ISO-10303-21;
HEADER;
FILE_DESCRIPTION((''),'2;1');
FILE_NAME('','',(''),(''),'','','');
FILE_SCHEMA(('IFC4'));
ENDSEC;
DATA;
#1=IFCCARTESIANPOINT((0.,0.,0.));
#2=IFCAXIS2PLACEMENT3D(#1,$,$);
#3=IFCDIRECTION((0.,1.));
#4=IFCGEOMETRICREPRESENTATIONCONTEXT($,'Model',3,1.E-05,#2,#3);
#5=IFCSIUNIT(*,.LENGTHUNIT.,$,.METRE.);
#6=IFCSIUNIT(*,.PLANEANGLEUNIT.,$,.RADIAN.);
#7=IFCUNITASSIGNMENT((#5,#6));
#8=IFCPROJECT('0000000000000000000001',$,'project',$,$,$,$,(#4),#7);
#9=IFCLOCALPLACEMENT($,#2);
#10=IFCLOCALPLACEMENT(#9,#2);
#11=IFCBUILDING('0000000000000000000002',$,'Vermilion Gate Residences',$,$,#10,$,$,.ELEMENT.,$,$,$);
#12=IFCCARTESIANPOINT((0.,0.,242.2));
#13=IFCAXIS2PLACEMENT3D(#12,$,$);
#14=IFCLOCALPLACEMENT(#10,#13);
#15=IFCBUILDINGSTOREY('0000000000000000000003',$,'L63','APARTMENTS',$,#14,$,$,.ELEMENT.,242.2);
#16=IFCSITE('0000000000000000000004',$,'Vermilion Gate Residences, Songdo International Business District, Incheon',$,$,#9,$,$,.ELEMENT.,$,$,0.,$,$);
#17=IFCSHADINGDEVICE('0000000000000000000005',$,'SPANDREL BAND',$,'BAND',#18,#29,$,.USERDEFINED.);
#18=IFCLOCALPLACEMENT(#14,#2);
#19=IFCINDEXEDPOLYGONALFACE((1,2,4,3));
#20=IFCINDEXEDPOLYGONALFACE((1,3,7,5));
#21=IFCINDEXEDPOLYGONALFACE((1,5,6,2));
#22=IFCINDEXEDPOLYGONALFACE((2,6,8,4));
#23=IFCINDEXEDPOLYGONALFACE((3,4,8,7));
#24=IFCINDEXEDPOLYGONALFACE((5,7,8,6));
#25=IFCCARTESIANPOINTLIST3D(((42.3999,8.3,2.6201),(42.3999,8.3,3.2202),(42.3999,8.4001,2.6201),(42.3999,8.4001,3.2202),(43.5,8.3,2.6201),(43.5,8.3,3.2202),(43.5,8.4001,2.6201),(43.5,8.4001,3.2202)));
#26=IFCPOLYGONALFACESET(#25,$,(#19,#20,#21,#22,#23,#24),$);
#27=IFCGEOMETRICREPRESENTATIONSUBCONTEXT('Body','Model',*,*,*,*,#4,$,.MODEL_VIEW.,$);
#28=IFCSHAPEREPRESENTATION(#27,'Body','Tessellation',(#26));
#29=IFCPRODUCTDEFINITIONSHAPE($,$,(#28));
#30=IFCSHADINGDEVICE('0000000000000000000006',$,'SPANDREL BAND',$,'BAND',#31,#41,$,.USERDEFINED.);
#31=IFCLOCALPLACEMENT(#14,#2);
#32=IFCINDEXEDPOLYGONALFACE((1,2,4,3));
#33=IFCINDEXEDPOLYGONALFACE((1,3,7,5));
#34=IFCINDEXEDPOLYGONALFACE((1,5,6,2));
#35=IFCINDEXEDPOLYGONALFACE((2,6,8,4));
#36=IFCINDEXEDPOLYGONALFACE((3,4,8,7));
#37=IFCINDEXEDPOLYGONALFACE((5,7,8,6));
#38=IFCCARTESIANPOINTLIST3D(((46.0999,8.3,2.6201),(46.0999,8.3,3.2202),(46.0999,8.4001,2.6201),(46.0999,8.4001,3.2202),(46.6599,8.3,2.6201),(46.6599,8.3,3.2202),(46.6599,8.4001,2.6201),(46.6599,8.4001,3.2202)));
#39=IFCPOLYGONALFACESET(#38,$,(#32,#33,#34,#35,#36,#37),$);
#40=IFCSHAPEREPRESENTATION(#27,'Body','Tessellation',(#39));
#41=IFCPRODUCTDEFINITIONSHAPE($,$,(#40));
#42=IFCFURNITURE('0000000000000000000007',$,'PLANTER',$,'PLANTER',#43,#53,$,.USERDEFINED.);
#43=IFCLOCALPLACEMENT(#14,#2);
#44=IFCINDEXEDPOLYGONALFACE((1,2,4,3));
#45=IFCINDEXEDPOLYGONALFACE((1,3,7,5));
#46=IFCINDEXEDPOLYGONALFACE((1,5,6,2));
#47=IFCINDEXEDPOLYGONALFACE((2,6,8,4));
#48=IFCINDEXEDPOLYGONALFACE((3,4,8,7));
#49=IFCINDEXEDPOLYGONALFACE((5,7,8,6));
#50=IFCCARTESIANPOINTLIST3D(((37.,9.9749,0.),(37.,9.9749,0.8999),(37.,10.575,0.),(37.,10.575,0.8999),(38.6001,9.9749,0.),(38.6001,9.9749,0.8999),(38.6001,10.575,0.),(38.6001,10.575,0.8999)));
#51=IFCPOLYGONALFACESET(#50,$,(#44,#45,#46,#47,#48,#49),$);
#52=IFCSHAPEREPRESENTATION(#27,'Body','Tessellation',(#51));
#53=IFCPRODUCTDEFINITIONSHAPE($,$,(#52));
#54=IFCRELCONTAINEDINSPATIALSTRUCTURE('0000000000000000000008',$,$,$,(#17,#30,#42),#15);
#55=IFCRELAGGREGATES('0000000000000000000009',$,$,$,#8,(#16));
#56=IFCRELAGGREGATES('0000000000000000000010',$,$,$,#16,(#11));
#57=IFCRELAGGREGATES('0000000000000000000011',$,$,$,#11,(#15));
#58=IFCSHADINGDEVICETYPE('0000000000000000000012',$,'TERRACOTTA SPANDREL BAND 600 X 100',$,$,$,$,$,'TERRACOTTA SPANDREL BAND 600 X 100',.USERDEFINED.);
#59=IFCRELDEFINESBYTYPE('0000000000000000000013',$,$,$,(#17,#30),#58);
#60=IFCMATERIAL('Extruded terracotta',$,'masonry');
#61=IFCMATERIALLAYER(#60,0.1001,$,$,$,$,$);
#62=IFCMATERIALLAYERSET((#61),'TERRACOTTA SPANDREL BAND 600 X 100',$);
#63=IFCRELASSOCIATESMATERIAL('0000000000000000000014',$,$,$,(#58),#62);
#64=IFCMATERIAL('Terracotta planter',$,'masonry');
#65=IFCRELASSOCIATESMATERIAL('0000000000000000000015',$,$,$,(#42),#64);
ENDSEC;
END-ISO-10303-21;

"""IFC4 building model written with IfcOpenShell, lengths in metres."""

from ifc_helpers import new_model, si_unit, direction, frame, origin, origin_2d, place, context, subcontext, project, spatial, rectangle, extrude, material, layer, layer_set, type_object, element, save


model = new_model("IFC4")

# Units and contexts
model_context = context("Model", 3, precision=1e-05, world=origin(), true_north=direction((0.0, 1.0)))
body_context = subcontext(model_context, "Body", "Model", "MODEL_VIEW")
ifc_project = project(units=[si_unit("LENGTHUNIT", "METRE"), si_unit("PLANEANGLEUNIT", "RADIAN")], contexts=[model_context])

# Site, building, storey
site_placement = place(None, origin())
site = spatial("IfcSite", under=ifc_project, at=site_placement, Name="Vermilion Gate Residences, Songdo International Business District, Incheon", CompositionType="ELEMENT", RefElevation=0.0)
building_placement = place(site_placement, origin())
building = spatial("IfcBuilding", under=site, at=building_placement, Name="Vermilion Gate Residences", CompositionType="ELEMENT")
storey_placement = place(building_placement, frame((0.0, 0.0, 242.2)))
storey = spatial("IfcBuildingStorey", under=building, at=storey_placement, Name="L63", Description="APARTMENTS", CompositionType="ELEMENT", Elevation=242.2)

# Shading devices
ifc_material_1 = material(Name="Extruded terracotta", Category="masonry")
ifc_layer_1 = layer(ifc_material_1, 0.1001)
ifc_layer_set_1 = layer_set([ifc_layer_1], Name="TERRACOTTA SPANDREL BAND 600 X 100")
shading_device_type = type_object("IfcShadingDeviceType", Name="TERRACOTTA SPANDREL BAND 600 X 100", ElementType="TERRACOTTA SPANDREL BAND 600 X 100", PredefinedType="USERDEFINED", material=ifc_layer_set_1)
shading_device_1_placement = place(storey_placement, frame((42.95, 8.3501, 2.6201), z_axis=(0.0, 0.0, 1.0), x_axis=(1.0, 0.0, 0.0)))
element("IfcShadingDevice", 1, at=shading_device_1_placement, inside=storey, type_object=shading_device_type, Name="SPANDREL BAND", ObjectType="BAND", PredefinedType="USERDEFINED", context=body_context, shape_type="SweptSolid", body=[
    extrude(rectangle(XDim=1.1001, YDim=0.1001, at=origin_2d()), origin(), (0.0, 0.0, 1.0), 0.6001),
])
shading_device_2_placement = place(storey_placement, frame((46.3799, 8.3501, 2.6201), z_axis=(0.0, 0.0, 1.0), x_axis=(1.0, 0.0, 0.0)))
element("IfcShadingDevice", 2, at=shading_device_2_placement, inside=storey, type_object=shading_device_type, Name="SPANDREL BAND", ObjectType="BAND", PredefinedType="USERDEFINED", context=body_context, shape_type="SweptSolid", body=[
    extrude(rectangle(XDim=0.5601, YDim=0.1001, at=origin_2d()), origin(), (0.0, 0.0, 1.0), 0.6001),
])

# Furniture
ifc_material_2 = material(Name="Terracotta planter", Category="masonry")
furniture_placement = place(storey_placement, frame((37.8, 10.2749, 0.0), z_axis=(0.0, 0.0, 1.0), x_axis=(1.0, 0.0, 0.0)))
element("IfcFurniture", 3, at=furniture_placement, inside=storey, material=ifc_material_2, Name="PLANTER", ObjectType="PLANTER", PredefinedType="USERDEFINED", context=body_context, shape_type="SweptSolid", body=[
    extrude(rectangle(XDim=1.6001, YDim=0.6001, at=origin_2d()), origin(), (0.0, 0.0, 1.0), 0.8999),
])

save(model, "model.ifc")
